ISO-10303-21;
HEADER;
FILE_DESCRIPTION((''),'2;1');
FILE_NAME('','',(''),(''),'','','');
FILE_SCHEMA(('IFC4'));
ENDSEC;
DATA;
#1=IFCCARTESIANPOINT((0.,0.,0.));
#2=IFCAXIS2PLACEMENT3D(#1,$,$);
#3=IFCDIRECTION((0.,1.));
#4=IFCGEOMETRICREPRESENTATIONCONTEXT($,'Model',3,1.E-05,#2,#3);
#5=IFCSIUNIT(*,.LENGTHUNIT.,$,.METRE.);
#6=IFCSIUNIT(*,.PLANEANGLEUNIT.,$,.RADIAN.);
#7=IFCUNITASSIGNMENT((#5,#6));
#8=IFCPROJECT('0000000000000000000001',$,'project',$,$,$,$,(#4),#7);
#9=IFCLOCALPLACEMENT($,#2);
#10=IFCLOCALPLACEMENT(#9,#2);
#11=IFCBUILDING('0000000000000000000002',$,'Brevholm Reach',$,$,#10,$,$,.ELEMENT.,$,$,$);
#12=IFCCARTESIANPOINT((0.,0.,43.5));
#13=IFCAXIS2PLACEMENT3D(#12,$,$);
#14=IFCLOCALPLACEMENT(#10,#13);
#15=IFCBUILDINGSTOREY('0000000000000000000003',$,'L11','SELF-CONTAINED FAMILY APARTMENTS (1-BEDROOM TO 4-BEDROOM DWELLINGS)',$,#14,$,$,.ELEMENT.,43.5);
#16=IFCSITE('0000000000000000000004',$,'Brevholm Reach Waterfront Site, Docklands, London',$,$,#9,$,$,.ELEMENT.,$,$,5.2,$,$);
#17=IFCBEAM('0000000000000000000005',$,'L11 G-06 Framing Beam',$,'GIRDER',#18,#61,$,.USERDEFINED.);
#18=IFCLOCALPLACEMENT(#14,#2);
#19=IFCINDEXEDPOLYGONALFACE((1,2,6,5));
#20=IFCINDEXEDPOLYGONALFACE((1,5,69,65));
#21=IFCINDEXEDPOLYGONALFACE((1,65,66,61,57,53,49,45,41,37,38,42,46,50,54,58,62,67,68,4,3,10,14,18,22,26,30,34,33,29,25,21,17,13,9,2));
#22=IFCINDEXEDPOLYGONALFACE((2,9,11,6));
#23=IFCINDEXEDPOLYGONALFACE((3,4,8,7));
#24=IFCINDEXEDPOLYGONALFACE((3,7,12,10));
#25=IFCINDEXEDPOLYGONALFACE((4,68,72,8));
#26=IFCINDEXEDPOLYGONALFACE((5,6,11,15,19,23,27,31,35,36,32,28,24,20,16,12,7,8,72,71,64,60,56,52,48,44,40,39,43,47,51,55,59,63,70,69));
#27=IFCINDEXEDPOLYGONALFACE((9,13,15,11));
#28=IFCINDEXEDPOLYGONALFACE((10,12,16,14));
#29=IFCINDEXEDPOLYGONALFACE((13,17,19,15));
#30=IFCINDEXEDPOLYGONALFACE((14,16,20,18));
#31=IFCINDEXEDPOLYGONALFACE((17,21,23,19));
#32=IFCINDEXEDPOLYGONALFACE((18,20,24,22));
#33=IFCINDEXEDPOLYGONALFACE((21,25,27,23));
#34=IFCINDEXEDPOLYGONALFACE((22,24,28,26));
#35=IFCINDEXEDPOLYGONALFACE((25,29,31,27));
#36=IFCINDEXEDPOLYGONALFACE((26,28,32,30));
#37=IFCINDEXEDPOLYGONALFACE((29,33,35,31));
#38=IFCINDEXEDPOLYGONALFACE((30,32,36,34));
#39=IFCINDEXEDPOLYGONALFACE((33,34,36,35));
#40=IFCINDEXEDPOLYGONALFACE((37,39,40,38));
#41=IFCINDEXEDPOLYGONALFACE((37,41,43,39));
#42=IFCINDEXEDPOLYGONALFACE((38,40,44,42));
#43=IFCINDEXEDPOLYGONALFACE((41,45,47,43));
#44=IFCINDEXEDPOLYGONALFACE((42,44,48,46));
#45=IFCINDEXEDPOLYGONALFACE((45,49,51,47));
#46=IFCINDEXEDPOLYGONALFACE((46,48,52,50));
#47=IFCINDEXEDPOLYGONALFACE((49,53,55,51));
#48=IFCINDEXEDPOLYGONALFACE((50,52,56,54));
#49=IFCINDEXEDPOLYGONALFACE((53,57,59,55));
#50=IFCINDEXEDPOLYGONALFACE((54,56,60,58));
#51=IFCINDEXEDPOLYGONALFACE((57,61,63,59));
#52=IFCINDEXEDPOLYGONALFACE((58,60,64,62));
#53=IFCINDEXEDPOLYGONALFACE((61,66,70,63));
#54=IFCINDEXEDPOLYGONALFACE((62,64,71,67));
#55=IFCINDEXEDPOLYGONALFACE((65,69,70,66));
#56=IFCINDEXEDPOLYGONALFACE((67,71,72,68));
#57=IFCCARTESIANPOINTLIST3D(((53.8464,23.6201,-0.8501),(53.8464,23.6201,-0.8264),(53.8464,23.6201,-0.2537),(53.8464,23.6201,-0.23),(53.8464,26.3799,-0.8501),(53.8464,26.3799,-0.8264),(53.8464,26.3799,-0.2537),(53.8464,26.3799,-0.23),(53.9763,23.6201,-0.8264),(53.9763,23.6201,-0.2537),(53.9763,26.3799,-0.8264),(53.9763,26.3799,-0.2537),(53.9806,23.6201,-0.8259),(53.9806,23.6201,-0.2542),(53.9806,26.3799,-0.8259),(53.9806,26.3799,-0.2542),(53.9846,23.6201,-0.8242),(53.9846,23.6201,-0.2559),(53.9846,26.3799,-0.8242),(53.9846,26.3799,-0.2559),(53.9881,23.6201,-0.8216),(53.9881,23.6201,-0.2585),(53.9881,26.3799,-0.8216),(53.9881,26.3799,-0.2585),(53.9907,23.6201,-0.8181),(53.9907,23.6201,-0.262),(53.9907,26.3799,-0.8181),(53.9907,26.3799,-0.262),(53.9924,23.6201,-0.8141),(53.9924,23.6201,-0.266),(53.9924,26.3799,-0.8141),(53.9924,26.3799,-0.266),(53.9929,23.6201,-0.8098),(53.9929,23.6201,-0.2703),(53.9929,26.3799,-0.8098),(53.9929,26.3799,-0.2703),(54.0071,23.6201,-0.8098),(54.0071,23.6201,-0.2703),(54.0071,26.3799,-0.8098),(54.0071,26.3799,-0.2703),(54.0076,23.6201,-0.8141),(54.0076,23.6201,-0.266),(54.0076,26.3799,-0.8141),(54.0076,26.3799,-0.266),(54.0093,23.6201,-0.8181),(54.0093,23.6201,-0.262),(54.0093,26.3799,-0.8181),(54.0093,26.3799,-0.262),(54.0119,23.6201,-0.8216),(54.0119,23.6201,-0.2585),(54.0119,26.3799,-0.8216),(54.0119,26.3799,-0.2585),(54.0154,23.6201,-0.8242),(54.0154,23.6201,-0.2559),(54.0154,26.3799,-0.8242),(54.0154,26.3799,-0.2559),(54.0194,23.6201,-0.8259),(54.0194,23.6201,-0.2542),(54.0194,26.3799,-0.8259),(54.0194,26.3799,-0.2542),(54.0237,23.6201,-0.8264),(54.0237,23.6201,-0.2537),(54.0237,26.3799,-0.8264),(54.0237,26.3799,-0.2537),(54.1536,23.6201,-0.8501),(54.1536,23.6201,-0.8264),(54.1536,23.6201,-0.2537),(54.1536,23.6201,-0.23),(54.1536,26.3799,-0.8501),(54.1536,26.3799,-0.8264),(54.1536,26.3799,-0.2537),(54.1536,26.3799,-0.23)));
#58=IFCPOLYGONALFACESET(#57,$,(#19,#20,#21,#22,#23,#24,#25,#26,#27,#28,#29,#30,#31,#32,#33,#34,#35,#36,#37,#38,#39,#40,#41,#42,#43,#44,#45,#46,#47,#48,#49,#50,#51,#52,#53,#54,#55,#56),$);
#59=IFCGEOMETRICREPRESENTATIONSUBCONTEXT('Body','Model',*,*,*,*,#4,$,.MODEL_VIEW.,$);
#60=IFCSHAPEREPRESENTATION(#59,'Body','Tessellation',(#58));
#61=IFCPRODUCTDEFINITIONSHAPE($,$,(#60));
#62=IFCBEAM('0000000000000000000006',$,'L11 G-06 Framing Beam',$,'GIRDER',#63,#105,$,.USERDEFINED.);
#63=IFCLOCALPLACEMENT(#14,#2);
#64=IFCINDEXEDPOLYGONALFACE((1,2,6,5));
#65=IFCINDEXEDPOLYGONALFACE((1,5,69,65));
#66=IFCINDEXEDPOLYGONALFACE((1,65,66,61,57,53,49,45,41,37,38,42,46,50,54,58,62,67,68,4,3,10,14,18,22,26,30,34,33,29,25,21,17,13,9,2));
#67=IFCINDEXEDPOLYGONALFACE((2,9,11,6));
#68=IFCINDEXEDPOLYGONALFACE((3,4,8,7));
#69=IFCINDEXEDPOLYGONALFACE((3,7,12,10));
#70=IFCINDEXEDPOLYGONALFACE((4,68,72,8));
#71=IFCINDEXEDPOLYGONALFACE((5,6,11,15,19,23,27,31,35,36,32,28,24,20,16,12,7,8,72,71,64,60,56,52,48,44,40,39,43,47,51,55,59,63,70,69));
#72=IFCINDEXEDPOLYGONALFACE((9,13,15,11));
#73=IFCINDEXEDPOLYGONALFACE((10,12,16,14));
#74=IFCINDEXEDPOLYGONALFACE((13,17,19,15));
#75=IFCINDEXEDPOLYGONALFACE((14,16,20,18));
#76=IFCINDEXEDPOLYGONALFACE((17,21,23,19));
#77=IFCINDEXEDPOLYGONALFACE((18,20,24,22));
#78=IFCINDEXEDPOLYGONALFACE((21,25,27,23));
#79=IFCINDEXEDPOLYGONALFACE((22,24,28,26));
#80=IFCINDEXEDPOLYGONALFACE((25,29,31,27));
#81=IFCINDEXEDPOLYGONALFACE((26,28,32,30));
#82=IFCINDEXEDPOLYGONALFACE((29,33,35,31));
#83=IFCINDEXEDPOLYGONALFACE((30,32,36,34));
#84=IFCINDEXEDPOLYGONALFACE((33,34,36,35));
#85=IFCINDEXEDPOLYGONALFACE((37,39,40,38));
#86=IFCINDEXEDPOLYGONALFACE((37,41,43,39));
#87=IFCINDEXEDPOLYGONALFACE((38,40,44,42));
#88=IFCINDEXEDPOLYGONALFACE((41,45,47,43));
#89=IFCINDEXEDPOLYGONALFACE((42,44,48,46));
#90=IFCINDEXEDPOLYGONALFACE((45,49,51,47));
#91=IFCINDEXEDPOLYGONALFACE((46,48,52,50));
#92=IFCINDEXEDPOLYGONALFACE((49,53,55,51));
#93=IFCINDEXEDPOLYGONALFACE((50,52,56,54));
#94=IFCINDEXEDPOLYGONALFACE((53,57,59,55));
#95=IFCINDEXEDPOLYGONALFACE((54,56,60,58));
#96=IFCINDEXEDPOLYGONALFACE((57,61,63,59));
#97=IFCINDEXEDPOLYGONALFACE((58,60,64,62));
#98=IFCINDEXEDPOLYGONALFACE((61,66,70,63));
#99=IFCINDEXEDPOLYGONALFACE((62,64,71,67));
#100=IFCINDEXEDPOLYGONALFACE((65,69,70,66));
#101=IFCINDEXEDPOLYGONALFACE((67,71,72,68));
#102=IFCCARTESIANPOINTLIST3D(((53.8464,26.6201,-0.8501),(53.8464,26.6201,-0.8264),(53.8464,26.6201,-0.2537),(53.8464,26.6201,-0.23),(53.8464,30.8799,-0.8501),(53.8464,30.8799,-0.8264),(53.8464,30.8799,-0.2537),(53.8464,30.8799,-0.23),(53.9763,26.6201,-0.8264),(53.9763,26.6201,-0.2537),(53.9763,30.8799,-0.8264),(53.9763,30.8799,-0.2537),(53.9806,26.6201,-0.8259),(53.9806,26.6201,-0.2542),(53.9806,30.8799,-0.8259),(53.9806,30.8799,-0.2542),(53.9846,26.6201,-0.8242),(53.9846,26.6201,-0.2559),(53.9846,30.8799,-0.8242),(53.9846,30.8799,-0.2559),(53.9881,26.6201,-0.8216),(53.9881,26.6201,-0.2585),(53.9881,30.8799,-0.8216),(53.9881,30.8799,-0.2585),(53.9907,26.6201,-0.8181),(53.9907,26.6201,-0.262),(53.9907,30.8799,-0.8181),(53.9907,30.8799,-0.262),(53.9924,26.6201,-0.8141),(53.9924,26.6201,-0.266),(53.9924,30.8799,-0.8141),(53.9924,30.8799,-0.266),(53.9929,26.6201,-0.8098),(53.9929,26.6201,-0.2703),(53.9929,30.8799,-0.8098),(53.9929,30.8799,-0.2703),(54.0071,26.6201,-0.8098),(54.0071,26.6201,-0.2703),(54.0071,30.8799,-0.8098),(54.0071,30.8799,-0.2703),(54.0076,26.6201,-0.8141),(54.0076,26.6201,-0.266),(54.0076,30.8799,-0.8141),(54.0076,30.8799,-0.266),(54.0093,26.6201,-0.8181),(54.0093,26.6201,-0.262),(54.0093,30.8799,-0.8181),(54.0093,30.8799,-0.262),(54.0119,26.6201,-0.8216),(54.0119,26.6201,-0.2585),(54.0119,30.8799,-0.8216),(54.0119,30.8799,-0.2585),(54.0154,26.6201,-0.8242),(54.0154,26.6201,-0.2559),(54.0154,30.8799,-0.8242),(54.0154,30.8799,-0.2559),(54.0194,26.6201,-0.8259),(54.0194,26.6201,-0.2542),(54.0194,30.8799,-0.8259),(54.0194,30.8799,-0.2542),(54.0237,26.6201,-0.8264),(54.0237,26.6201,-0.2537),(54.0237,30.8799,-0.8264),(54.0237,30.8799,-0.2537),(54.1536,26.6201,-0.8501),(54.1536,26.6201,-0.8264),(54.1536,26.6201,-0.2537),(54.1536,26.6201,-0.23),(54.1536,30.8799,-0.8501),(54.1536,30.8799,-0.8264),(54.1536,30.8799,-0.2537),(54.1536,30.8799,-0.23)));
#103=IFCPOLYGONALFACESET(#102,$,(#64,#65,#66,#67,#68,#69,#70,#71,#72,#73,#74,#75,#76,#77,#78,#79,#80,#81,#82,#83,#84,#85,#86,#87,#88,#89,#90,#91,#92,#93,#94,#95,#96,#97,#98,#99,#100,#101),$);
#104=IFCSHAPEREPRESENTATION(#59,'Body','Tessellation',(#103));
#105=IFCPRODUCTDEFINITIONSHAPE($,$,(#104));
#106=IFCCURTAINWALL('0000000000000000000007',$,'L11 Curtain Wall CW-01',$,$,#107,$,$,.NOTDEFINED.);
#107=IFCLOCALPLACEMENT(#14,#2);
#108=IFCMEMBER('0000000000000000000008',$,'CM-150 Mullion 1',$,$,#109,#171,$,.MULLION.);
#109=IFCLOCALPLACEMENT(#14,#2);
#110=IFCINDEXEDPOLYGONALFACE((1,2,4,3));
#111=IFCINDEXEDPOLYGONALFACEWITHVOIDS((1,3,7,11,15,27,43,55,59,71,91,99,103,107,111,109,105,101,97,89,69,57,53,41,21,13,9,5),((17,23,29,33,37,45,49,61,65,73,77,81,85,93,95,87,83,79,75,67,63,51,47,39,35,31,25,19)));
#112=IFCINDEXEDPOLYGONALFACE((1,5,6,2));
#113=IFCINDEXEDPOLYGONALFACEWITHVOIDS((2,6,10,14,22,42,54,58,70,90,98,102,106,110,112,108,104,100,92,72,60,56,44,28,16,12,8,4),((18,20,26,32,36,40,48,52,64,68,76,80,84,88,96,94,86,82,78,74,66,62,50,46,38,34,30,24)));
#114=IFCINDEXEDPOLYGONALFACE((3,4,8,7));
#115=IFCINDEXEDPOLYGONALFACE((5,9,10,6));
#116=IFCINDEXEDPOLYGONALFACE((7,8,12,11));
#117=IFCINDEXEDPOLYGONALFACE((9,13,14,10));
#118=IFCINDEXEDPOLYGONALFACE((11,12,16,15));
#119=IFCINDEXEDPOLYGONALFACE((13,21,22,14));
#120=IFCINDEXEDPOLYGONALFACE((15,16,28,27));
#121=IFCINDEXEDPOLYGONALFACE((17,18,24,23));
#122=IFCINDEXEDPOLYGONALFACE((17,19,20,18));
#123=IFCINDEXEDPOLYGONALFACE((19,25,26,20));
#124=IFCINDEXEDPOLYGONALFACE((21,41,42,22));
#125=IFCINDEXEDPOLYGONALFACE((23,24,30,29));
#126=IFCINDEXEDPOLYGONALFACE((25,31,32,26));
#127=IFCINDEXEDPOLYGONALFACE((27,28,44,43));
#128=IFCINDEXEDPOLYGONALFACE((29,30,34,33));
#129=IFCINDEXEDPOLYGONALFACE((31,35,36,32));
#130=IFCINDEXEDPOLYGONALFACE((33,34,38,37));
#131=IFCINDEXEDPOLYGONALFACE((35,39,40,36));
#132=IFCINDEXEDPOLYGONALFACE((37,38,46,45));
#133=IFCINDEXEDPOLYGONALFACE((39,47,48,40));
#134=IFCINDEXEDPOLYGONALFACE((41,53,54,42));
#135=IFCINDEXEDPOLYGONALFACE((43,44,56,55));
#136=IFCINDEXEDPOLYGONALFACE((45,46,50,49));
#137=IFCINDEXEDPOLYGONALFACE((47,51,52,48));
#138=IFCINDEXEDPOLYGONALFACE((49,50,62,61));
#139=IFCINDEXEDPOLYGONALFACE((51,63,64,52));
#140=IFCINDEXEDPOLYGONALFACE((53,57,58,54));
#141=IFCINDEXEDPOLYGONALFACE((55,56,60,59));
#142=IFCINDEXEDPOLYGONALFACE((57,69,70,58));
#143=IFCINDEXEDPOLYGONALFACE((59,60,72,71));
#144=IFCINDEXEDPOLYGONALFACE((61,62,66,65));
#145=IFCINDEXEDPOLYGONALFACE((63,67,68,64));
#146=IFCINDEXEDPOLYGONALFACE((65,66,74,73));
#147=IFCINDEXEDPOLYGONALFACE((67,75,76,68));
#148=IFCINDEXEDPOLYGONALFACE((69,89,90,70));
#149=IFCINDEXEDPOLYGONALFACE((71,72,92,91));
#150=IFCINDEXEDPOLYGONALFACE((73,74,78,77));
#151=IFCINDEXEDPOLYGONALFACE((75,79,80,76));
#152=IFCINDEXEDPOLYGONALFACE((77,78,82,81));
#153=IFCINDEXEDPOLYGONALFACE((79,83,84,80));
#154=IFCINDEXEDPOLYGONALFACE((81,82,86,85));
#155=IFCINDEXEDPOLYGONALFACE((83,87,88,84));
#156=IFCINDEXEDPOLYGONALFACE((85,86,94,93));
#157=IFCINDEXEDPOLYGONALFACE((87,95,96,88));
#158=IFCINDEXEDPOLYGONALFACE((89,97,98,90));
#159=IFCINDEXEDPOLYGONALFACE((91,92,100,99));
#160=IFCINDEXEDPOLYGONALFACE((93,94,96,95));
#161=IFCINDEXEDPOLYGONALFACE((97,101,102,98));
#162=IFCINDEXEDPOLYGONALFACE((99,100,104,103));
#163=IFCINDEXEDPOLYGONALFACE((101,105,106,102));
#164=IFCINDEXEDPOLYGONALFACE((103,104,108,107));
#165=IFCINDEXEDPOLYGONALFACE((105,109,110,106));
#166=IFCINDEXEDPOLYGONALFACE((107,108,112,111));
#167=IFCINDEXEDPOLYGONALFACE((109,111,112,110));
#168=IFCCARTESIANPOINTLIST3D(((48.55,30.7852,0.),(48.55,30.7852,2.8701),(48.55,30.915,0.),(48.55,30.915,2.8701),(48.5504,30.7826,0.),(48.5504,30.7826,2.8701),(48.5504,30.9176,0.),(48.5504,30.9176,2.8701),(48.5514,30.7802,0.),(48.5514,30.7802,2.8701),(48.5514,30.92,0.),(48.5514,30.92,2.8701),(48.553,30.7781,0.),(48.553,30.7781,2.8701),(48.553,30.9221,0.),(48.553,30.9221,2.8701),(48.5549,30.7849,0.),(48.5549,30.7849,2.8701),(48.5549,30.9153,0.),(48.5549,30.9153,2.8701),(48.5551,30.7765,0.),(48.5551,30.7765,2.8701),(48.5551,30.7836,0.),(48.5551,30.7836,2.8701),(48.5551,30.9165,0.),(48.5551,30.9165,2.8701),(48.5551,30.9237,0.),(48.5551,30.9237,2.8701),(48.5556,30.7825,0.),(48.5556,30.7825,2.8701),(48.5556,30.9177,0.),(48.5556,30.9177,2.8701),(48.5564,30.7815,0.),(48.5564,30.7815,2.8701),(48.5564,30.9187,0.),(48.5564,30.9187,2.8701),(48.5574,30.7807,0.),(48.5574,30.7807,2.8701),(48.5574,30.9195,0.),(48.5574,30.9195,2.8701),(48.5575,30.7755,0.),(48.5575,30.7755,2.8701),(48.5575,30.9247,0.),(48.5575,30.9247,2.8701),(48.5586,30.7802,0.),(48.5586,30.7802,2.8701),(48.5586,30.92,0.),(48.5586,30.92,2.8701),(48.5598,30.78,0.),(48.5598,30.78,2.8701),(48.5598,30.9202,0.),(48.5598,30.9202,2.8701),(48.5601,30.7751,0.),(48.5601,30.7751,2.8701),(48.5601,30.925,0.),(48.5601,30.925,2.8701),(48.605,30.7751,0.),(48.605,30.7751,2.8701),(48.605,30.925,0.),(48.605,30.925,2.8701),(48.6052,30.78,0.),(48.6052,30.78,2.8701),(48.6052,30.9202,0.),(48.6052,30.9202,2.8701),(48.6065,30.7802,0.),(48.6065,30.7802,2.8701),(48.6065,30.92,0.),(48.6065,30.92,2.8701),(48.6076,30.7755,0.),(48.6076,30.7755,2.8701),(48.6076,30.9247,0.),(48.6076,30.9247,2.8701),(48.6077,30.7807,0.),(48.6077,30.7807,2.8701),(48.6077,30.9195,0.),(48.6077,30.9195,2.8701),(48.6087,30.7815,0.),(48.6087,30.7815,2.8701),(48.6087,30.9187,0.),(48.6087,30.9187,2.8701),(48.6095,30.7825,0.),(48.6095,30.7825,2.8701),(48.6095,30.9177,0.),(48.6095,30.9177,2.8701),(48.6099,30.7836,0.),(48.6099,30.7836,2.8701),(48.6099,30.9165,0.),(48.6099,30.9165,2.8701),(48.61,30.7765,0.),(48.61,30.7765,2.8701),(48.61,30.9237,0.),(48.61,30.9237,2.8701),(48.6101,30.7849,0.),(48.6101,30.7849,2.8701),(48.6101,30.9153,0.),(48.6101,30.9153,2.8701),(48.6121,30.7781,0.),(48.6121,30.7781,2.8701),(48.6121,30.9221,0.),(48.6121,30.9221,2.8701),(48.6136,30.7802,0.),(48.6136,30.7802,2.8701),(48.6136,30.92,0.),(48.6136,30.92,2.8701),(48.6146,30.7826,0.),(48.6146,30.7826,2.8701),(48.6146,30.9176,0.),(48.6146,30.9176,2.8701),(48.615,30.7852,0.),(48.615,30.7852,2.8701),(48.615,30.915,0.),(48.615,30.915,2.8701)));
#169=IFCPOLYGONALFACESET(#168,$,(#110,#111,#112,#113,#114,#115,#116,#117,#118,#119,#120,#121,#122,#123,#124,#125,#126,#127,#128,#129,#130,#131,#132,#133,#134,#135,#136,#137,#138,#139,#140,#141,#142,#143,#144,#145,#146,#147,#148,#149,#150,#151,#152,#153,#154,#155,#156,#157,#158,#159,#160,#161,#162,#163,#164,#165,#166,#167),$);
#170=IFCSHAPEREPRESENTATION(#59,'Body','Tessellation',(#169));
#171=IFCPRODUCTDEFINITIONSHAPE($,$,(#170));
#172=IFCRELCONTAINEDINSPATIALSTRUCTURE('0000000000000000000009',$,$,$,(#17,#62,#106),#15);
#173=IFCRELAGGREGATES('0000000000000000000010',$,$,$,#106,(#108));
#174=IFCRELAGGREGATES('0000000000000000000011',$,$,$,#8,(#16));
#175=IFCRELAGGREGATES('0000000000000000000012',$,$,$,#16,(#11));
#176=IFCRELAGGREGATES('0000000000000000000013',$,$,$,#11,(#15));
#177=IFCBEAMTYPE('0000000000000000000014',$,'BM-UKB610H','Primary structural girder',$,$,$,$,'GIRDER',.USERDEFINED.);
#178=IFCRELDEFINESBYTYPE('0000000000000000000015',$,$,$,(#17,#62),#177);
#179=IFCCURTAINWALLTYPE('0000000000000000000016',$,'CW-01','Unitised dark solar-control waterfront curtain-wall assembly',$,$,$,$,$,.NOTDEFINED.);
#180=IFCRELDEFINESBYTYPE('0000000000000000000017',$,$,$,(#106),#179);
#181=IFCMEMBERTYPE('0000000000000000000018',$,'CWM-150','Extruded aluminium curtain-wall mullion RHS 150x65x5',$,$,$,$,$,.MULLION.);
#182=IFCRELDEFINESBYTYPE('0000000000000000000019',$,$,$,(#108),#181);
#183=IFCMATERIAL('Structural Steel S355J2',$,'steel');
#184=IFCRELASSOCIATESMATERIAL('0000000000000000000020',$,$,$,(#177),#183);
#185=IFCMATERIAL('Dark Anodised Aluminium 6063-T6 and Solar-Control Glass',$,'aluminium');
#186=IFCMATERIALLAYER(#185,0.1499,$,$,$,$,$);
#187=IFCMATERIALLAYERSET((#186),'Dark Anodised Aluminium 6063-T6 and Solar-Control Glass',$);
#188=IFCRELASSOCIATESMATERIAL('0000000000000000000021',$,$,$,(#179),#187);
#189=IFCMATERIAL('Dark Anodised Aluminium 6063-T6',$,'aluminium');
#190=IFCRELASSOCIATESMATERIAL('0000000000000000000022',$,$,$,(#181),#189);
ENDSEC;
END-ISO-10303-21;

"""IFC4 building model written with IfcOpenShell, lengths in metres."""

from ifc_helpers import new_model, si_unit, direction, frame, origin, origin_2d, place, context, subcontext, project, spatial, hollow_rectangle, i_section, extrude, material, layer, layer_set, material_profile, profile_set, type_object, element, aggregate, save


model = new_model("IFC4")

# Units and contexts
model_context = context("Model", 3, precision=1e-05, world=origin(), true_north=direction((0.0, 1.0)))
body_context = subcontext(model_context, "Body", "Model", "MODEL_VIEW")
ifc_project = project(units=[si_unit("LENGTHUNIT", "METRE"), si_unit("PLANEANGLEUNIT", "RADIAN")], contexts=[model_context])

# Site, building, storey
site_placement = place(None, origin())
site = spatial("IfcSite", under=ifc_project, at=site_placement, Name="Brevholm Reach Waterfront Site, Docklands, London", CompositionType="ELEMENT", RefElevation=5.2)
building_placement = place(site_placement, origin())
building = spatial("IfcBuilding", under=site, at=building_placement, Name="Brevholm Reach", CompositionType="ELEMENT")
storey_placement = place(building_placement, frame((0.0, 0.0, 43.5)))
storey = spatial("IfcBuildingStorey", under=building, at=storey_placement, Name="L11", Description="SELF-CONTAINED FAMILY APARTMENTS (1-BEDROOM TO 4-BEDROOM DWELLINGS)", CompositionType="ELEMENT", Elevation=43.5)

# Beams
ifc_material_1 = material(Name="Structural Steel S355J2", Category="steel")
ifc_material_profile_1 = material_profile(ifc_material_1, i_section(OverallWidth=0.3071, OverallDepth=0.6201, WebThickness=0.0142, FlangeThickness=0.0237, FilletRadius=0.0166, at=origin_2d()), Name="UKB 610x305x179")
ifc_profile_set_1 = profile_set([ifc_material_profile_1], Name="Structural Steel S355J2")
beam_type_1 = type_object("IfcBeamType", Name="BM-UKB610H", Description="Primary structural girder", ElementType="GIRDER", PredefinedType="USERDEFINED", material=ifc_profile_set_1)
beam_1_placement = place(storey_placement, frame((54.0, 23.6201, -0.54), z_axis=(0.0, 1.0, 0.0), x_axis=(-1.0, 0.0, 0.0)))
element("IfcBeam", 1, at=beam_1_placement, inside=storey, type_object=beam_type_1, Name="L11 G-06 Framing Beam", ObjectType="GIRDER", PredefinedType="USERDEFINED", context=body_context, shape_type="SweptSolid", body=[
    extrude(i_section(OverallWidth=0.3071, OverallDepth=0.6201, WebThickness=0.0142, FlangeThickness=0.0237, FilletRadius=0.0166, at=origin_2d()), origin(), (0.0, 0.0, 1.0), 2.7598),
])
beam_2_placement = place(storey_placement, frame((54.0, 26.6201, -0.54), z_axis=(0.0, 1.0, 0.0), x_axis=(-1.0, 0.0, 0.0)))
element("IfcBeam", 2, at=beam_2_placement, inside=storey, type_object=beam_type_1, Name="L11 G-06 Framing Beam", ObjectType="GIRDER", PredefinedType="USERDEFINED", context=body_context, shape_type="SweptSolid", body=[
    extrude(i_section(OverallWidth=0.3071, OverallDepth=0.6201, WebThickness=0.0142, FlangeThickness=0.0237, FilletRadius=0.0166, at=origin_2d()), origin(), (0.0, 0.0, 1.0), 4.2598),
])

# Curtain wall, member
ifc_material_2 = material(Name="Dark Anodised Aluminium 6063-T6 and Solar-Control Glass", Category="aluminium")
ifc_layer_1 = layer(ifc_material_2, 0.1499)
ifc_layer_set_1 = layer_set([ifc_layer_1], Name="Dark Anodised Aluminium 6063-T6 and Solar-Control Glass")
curtain_wall_type = type_object("IfcCurtainWallType", Name="CW-01", Description="Unitised dark solar-control waterfront curtain-wall assembly", PredefinedType="NOTDEFINED", material=ifc_layer_set_1)
curtain_wall_placement = place(storey_placement, origin())
curtain_wall = element("IfcCurtainWall", 3, at=curtain_wall_placement, inside=storey, type_object=curtain_wall_type, Name="L11 Curtain Wall CW-01", PredefinedType="NOTDEFINED")
ifc_material_3 = material(Name="Dark Anodised Aluminium 6063-T6", Category="aluminium")
ifc_material_profile_2 = material_profile(ifc_material_3, hollow_rectangle(XDim=0.0649, YDim=0.1499, WallThickness=0.0049, InnerFilletRadius=0.0049, OuterFilletRadius=0.01, at=origin_2d()), Name="RHS 150x65x5")
ifc_profile_set_2 = profile_set([ifc_material_profile_2], Name="Dark Anodised Aluminium 6063-T6")
member_type_1 = type_object("IfcMemberType", Name="CWM-150", Description="Extruded aluminium curtain-wall mullion RHS 150x65x5", PredefinedType="MULLION", material=ifc_profile_set_2)
member_1_placement = place(storey_placement, frame((48.5825, 30.8501, 0.0), z_axis=(0.0, 0.0, 1.0), x_axis=(1.0, 0.0, 0.0)))
member_1 = element("IfcMember", 4, at=member_1_placement, type_object=member_type_1, Name="CM-150 Mullion 1", PredefinedType="MULLION", context=body_context, shape_type="SweptSolid", body=[
    extrude(hollow_rectangle(XDim=0.0649, YDim=0.1499, WallThickness=0.0049, InnerFilletRadius=0.0049, OuterFilletRadius=0.01, at=origin_2d()), origin(), (0.0, 0.0, 1.0), 2.8701),
])
aggregate(curtain_wall, [member_1])

save(model, "model.ifc")
